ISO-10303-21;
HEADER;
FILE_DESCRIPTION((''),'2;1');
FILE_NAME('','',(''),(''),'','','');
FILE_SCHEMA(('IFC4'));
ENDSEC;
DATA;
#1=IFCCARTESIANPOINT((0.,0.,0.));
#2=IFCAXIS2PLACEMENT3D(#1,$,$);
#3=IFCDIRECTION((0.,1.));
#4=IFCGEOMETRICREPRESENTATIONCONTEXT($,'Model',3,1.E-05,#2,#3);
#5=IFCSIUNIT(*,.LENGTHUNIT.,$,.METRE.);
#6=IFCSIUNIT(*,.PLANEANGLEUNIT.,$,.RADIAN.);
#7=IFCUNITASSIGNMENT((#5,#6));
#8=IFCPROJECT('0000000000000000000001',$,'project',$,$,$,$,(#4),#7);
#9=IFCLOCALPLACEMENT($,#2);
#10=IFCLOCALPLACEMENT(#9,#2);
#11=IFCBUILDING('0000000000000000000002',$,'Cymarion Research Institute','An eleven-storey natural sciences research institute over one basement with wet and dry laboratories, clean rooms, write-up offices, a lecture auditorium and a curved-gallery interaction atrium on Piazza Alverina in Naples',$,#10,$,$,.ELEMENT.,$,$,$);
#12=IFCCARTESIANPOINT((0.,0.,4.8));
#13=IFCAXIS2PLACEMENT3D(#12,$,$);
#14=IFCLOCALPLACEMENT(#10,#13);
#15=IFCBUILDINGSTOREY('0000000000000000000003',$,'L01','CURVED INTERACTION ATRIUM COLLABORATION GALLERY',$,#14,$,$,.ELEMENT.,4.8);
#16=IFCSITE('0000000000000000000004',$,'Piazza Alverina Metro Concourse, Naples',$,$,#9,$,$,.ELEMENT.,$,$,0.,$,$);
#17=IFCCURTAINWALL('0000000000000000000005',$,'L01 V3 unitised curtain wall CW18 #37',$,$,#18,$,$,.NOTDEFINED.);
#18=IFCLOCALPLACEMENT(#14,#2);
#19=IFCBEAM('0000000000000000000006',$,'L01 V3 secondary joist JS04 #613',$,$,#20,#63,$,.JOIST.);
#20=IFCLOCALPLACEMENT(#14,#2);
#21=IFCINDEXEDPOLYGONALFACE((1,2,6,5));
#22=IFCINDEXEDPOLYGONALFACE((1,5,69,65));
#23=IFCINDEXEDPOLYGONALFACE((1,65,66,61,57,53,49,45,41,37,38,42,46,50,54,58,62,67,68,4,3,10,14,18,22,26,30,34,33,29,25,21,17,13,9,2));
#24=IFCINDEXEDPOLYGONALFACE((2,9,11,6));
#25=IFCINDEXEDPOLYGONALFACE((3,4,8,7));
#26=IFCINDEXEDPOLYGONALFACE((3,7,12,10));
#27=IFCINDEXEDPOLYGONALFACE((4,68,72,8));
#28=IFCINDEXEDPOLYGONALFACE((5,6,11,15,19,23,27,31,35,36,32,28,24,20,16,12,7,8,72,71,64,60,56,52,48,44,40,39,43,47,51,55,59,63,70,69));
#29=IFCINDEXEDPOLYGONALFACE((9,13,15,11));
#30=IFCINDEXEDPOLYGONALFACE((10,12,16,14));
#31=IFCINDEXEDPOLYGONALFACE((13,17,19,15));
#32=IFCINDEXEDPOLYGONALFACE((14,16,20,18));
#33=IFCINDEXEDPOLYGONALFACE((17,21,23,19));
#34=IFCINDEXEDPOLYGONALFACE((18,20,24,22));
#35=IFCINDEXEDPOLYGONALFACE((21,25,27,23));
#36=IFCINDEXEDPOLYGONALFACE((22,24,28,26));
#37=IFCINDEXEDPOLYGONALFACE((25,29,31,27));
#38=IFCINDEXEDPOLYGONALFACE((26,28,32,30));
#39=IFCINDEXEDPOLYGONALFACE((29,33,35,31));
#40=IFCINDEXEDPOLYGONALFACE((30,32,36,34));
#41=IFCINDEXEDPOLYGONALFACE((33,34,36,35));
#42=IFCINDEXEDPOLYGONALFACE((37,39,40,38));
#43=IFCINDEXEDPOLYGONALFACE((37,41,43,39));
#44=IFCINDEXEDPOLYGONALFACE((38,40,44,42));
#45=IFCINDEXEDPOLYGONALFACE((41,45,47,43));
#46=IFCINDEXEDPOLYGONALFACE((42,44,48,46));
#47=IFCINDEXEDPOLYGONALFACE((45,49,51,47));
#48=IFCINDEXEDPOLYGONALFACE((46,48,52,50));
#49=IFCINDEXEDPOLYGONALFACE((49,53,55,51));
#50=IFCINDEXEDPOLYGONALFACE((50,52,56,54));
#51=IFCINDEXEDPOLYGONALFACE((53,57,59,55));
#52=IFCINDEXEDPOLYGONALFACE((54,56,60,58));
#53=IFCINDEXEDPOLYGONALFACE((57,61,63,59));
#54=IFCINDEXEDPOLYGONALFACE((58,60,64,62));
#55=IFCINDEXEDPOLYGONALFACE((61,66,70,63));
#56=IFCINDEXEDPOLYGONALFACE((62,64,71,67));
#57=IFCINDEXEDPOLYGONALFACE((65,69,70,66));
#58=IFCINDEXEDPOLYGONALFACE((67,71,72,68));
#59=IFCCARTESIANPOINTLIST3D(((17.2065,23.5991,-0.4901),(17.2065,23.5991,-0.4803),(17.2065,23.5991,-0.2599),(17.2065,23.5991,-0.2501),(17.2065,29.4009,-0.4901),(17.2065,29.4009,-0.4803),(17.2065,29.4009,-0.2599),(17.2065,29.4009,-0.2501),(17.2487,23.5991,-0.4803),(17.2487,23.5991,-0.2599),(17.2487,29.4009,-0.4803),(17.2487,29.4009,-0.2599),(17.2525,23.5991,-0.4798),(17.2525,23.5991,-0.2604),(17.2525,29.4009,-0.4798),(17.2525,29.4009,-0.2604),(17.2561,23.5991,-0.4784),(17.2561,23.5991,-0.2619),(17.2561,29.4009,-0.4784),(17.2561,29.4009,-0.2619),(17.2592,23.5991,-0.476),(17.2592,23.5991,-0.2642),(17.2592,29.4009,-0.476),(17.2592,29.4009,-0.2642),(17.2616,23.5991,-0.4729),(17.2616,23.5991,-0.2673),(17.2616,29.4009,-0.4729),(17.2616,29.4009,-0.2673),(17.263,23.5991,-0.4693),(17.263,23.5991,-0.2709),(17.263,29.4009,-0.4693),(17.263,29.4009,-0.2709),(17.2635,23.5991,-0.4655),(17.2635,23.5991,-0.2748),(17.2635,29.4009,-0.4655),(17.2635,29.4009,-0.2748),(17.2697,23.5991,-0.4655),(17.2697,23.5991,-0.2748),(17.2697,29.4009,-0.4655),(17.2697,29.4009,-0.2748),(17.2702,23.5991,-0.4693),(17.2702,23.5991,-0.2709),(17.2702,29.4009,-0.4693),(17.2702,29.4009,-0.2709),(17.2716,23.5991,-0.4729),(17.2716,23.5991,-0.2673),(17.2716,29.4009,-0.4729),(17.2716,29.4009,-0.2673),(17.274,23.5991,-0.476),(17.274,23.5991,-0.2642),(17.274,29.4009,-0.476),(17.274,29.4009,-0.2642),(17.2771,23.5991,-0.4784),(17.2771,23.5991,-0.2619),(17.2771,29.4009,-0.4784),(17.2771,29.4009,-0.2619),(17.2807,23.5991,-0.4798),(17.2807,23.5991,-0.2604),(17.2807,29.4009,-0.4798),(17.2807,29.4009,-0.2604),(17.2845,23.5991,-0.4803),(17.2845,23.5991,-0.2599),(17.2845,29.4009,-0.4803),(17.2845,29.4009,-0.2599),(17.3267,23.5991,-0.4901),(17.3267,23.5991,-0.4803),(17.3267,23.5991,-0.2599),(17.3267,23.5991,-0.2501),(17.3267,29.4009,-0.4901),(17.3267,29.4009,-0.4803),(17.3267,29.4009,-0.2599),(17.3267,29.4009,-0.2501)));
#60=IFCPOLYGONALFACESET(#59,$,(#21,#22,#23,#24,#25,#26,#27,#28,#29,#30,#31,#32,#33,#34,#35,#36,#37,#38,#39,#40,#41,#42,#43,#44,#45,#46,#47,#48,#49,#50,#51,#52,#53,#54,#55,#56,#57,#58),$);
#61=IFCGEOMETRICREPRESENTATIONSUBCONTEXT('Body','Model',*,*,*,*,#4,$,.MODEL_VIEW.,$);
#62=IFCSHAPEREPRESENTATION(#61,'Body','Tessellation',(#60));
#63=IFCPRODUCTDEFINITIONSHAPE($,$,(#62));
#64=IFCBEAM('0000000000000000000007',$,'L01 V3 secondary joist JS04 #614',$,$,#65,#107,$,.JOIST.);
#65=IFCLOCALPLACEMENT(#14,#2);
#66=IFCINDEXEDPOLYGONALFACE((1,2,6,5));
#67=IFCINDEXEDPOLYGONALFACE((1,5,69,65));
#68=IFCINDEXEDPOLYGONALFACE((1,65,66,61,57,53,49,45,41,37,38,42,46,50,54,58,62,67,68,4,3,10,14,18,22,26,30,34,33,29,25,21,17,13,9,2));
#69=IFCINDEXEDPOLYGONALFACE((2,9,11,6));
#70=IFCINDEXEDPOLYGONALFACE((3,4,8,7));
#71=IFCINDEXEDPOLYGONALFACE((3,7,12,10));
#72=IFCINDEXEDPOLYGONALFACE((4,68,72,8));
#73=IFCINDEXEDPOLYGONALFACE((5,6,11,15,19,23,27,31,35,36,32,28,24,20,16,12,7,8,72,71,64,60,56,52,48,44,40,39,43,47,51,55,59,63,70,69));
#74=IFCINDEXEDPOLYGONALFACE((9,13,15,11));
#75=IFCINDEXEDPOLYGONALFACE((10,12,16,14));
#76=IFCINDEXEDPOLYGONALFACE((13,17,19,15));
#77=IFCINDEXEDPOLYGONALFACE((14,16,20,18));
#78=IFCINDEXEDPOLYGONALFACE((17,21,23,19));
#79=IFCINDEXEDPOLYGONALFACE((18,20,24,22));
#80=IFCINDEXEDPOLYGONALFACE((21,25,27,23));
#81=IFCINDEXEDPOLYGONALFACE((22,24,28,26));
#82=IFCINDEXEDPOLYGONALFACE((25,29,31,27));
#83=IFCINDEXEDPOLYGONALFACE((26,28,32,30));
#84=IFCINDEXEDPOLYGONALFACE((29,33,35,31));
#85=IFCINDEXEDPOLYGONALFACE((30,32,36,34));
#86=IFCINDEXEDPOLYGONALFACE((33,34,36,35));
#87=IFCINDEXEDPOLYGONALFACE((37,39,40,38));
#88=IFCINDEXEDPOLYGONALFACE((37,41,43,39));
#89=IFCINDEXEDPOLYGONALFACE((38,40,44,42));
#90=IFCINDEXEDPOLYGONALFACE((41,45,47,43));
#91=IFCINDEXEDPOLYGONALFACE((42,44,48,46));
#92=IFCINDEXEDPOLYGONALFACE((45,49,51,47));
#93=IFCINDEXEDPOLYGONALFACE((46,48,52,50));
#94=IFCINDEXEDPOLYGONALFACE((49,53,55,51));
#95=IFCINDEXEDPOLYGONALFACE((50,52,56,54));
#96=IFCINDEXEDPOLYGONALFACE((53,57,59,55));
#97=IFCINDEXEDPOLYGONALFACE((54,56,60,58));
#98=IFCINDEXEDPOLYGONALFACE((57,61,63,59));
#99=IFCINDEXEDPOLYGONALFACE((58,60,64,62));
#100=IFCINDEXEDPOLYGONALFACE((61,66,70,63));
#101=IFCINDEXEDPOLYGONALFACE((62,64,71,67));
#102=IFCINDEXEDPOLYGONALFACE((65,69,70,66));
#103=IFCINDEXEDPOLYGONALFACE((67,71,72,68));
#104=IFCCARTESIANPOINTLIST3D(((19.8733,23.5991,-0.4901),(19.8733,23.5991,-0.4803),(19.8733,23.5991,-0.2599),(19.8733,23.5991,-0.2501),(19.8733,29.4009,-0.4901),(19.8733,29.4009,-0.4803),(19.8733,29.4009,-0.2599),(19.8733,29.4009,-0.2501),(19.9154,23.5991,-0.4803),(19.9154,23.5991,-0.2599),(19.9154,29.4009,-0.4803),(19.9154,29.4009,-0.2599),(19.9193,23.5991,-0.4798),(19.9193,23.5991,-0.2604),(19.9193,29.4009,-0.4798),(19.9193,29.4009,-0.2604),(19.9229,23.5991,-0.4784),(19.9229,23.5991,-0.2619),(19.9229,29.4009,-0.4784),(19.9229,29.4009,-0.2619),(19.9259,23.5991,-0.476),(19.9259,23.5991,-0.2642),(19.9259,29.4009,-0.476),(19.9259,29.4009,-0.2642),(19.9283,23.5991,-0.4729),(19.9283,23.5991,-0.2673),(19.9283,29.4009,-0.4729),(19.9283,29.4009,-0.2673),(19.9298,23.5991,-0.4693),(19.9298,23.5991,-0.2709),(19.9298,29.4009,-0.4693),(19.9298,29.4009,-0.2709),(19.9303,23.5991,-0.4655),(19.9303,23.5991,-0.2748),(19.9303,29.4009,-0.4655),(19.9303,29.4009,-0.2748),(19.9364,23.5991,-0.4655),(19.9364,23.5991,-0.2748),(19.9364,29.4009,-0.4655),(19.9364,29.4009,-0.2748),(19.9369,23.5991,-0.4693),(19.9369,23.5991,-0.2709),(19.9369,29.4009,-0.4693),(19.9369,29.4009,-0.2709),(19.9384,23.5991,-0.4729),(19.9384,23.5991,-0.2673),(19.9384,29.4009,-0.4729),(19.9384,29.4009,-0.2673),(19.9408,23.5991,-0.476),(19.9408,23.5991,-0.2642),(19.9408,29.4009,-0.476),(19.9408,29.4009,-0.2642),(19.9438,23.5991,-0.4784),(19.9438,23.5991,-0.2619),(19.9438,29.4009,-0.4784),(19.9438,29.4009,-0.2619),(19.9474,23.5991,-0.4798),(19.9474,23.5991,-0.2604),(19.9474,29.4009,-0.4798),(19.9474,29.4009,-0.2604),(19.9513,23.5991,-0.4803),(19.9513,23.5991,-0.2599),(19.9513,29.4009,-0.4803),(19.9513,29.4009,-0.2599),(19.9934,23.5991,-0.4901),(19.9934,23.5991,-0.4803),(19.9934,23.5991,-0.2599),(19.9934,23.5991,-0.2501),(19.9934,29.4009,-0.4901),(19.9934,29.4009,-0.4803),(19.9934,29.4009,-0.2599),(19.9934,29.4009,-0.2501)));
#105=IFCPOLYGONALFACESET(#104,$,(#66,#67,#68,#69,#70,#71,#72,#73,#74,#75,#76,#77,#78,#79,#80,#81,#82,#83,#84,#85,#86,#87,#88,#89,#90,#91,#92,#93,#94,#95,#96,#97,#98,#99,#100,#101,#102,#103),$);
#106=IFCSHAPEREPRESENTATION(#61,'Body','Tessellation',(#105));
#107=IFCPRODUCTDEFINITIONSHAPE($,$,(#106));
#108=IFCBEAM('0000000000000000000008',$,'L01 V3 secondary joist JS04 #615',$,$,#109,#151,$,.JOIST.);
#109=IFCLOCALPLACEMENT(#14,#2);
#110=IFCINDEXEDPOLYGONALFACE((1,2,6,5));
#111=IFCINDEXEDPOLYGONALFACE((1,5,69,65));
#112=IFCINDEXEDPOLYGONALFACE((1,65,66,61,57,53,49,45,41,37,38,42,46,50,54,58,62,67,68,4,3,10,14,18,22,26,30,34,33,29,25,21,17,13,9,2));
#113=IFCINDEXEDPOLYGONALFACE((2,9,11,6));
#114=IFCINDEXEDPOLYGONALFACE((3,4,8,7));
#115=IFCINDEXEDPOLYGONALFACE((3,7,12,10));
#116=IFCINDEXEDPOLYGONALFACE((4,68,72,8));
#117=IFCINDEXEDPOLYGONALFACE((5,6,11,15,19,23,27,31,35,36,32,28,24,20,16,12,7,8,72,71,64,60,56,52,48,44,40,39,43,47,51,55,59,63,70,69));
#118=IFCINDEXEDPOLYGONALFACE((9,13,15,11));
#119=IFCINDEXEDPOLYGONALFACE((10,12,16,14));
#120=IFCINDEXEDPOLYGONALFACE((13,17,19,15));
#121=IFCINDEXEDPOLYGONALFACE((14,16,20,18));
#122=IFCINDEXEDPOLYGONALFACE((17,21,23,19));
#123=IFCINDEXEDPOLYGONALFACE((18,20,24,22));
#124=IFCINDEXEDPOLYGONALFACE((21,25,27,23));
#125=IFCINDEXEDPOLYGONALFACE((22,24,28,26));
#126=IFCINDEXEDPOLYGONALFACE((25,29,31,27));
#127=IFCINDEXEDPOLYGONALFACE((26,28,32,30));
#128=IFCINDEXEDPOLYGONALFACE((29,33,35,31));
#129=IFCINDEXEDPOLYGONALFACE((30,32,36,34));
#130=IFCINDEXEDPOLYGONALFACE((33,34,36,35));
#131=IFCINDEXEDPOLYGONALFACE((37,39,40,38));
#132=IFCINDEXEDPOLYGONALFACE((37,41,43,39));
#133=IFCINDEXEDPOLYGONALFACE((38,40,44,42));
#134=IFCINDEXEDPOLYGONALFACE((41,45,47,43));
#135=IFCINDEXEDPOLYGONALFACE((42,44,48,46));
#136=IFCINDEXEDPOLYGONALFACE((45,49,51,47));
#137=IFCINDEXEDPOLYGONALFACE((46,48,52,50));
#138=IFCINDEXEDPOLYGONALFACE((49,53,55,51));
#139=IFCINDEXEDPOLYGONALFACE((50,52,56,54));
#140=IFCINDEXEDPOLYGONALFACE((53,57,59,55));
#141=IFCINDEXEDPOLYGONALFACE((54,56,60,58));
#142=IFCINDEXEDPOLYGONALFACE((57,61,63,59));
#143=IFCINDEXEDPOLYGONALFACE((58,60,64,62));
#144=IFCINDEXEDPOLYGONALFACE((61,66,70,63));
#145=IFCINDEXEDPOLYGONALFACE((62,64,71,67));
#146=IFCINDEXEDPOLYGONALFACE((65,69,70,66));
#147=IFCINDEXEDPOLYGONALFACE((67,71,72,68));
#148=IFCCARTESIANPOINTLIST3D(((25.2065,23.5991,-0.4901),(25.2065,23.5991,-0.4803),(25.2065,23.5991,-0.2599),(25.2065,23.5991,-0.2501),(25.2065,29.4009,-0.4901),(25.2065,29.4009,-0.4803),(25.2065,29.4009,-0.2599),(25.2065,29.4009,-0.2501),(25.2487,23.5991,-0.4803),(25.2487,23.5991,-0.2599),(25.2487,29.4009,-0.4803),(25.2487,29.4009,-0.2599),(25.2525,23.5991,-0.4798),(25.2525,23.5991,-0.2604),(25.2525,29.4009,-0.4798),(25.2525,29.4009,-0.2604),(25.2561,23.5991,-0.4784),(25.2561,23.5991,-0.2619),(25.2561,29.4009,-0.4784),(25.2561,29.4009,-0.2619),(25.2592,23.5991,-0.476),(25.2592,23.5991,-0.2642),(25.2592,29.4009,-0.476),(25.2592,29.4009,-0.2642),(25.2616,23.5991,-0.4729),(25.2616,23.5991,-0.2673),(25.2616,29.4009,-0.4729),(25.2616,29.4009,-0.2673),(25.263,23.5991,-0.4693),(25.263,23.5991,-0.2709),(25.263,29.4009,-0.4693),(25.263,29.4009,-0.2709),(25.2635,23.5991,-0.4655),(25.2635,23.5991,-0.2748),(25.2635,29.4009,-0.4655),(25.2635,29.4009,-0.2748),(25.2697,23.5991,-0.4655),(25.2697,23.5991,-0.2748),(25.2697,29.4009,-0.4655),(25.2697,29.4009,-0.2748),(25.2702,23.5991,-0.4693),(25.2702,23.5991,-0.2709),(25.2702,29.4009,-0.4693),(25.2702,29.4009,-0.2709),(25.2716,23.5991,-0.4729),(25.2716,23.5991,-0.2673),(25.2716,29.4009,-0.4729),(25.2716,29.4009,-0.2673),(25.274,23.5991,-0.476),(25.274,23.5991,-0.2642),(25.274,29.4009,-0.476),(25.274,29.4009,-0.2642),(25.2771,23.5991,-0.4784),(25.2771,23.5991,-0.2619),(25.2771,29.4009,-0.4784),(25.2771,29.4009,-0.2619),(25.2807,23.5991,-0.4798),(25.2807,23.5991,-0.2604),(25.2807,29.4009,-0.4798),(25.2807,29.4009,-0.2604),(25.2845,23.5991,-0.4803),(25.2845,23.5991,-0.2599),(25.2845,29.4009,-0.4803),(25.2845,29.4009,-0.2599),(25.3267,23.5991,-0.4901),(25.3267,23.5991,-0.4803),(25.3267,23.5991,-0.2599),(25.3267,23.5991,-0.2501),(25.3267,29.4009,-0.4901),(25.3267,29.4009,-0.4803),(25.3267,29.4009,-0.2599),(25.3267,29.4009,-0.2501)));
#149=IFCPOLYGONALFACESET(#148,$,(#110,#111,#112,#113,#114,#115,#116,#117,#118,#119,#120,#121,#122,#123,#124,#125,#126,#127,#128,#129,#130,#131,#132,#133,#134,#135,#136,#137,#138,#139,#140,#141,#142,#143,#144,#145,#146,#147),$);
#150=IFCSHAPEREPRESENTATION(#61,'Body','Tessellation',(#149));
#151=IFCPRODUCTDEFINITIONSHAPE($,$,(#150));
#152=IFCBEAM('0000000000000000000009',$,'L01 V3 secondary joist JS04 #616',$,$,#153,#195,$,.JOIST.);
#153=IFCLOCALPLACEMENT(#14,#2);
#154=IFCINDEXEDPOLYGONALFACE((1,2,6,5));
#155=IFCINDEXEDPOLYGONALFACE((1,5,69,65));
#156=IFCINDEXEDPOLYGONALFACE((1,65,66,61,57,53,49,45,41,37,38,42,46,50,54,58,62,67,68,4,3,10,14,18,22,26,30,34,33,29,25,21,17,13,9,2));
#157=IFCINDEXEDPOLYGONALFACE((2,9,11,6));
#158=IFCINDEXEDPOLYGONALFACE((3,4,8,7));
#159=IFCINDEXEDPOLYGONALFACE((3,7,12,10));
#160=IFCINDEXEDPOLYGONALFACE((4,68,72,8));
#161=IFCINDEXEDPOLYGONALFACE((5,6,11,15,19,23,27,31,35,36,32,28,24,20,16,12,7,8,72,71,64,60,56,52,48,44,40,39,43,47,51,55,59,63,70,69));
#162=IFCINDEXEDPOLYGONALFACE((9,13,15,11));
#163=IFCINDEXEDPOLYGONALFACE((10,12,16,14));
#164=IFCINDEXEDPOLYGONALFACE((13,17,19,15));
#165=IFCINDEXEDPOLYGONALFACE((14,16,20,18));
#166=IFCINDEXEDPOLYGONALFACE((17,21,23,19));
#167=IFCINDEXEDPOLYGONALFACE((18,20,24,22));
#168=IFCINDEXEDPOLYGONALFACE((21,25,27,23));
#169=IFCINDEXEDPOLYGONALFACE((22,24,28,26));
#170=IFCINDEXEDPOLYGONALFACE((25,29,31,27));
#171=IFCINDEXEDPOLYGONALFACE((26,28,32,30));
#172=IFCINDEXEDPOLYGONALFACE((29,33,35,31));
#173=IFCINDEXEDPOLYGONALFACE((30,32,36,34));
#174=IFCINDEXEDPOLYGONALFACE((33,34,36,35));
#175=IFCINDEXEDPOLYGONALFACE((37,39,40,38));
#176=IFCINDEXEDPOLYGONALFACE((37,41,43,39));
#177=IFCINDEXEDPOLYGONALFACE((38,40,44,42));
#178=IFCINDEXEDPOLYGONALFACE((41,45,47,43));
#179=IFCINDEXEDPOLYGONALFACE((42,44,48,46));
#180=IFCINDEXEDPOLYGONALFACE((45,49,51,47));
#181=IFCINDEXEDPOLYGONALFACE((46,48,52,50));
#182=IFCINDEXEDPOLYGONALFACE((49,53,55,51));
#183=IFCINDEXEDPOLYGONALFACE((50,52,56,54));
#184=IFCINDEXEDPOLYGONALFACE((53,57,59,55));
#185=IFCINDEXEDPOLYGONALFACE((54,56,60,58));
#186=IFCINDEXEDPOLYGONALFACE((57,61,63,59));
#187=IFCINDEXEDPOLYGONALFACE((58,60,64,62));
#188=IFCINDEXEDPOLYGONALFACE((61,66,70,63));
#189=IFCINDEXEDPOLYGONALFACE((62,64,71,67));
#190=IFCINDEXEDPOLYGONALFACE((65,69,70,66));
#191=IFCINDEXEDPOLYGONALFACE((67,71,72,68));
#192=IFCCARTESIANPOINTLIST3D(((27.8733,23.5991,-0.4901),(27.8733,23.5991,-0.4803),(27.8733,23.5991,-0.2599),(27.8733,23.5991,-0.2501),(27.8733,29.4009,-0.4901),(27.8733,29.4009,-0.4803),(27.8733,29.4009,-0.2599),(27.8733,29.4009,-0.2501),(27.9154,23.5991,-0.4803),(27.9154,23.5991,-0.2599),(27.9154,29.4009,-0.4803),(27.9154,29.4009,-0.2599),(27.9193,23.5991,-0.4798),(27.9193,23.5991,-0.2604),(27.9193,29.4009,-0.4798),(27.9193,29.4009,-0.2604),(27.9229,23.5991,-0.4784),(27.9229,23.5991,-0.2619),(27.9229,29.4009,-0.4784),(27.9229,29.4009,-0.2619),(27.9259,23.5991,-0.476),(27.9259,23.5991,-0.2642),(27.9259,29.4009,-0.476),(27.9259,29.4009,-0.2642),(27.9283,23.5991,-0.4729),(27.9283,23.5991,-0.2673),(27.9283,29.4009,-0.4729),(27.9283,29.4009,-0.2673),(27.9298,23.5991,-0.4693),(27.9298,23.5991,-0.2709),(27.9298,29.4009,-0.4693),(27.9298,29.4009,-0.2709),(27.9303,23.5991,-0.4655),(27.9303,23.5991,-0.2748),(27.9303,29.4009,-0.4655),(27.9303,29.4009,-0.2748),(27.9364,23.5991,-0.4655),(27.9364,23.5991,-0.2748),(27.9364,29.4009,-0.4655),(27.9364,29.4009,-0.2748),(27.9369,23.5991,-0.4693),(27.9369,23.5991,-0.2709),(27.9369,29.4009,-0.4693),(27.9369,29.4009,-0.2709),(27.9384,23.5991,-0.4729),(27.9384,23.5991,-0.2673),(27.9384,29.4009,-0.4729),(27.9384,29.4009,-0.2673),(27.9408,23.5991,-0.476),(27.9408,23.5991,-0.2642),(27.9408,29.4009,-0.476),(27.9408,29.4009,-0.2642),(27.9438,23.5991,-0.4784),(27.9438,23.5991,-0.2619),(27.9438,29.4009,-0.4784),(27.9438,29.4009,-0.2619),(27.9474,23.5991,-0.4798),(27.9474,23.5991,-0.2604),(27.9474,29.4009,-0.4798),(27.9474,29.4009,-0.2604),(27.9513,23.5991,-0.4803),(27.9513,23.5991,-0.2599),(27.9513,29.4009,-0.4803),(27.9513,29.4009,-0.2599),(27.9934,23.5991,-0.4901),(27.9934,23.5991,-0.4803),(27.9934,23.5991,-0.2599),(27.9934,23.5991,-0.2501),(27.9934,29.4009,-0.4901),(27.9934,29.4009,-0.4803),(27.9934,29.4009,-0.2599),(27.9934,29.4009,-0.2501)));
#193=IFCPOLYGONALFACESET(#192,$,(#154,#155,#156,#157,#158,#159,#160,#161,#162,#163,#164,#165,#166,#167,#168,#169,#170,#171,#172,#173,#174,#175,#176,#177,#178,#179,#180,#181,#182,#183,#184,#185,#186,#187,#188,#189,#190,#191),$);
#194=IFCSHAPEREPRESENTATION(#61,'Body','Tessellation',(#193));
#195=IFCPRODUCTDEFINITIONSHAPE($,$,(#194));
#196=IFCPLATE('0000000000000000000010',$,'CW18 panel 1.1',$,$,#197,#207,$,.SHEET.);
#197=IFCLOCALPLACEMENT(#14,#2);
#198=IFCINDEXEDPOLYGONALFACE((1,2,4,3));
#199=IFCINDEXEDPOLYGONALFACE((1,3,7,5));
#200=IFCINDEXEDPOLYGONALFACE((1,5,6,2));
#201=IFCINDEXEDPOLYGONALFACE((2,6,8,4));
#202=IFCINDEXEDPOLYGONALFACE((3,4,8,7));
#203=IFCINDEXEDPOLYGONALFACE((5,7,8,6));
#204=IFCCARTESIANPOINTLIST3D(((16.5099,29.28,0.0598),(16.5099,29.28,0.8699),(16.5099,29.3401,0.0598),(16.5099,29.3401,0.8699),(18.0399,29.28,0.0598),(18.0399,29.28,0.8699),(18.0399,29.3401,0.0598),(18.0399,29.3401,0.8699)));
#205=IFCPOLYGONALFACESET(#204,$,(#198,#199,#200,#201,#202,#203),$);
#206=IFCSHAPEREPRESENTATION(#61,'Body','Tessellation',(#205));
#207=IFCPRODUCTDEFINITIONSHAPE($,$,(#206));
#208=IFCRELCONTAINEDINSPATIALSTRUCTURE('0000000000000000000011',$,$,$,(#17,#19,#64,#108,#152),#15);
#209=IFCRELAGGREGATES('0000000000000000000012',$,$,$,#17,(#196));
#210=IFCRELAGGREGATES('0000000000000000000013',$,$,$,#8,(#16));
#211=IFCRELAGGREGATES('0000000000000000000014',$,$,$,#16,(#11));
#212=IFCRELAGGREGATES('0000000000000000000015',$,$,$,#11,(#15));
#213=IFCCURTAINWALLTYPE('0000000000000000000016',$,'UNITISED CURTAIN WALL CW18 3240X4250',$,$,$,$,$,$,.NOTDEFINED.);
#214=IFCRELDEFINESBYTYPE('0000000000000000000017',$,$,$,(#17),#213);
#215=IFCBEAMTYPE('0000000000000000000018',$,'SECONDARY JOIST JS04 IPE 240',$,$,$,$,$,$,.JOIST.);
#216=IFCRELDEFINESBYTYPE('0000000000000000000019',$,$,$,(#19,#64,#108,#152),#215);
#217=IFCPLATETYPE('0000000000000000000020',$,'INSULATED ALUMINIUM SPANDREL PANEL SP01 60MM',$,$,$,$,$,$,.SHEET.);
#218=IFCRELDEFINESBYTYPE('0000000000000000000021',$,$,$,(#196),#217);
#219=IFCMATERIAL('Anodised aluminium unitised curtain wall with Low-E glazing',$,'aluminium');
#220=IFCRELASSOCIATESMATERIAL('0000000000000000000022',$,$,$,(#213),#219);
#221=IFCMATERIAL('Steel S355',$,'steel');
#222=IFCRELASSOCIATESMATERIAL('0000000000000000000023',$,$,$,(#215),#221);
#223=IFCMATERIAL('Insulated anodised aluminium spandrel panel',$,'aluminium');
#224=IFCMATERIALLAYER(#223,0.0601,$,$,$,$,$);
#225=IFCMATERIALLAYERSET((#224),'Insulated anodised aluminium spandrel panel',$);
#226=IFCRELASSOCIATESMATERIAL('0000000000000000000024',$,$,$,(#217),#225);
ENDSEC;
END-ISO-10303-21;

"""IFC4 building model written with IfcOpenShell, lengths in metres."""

from ifc_helpers import new_model, si_unit, direction, frame, origin, origin_2d, place, context, subcontext, project, spatial, rectangle, i_section, extrude, material, layer, layer_set, material_profile, profile_set, type_object, element, aggregate, save


model = new_model("IFC4")

# Units and contexts
model_context = context("Model", 3, precision=1e-05, world=origin(), true_north=direction((0.0, 1.0)))
body_context = subcontext(model_context, "Body", "Model", "MODEL_VIEW")
ifc_project = project(units=[si_unit("LENGTHUNIT", "METRE"), si_unit("PLANEANGLEUNIT", "RADIAN")], contexts=[model_context])

# Site, building, storey
site_placement = place(None, origin())
site = spatial("IfcSite", under=ifc_project, at=site_placement, Name="Piazza Alverina Metro Concourse, Naples", CompositionType="ELEMENT", RefElevation=0.0)
building_placement = place(site_placement, origin())
building = spatial("IfcBuilding", under=site, at=building_placement, Name="Cymarion Research Institute", Description="An eleven-storey natural sciences research institute over one basement with wet and dry laboratories, clean rooms, write-up offices, a lecture auditorium and a curved-gallery interaction atrium on Piazza Alverina in Naples", CompositionType="ELEMENT")
storey_placement = place(building_placement, frame((0.0, 0.0, 4.8)))
storey = spatial("IfcBuildingStorey", under=building, at=storey_placement, Name="L01", Description="CURVED INTERACTION ATRIUM COLLABORATION GALLERY", CompositionType="ELEMENT", Elevation=4.8)

# Shared definitions
ifc_material_1 = material(Name="Steel S355", Category="steel")

# Curtain wall
ifc_material_2 = material(Name="Anodised aluminium unitised curtain wall with Low-E glazing", Category="aluminium")
curtain_wall_type = type_object("IfcCurtainWallType", Name="UNITISED CURTAIN WALL CW18 3240X4250", PredefinedType="NOTDEFINED", material=ifc_material_2)
curtain_wall_placement = place(storey_placement, origin())
curtain_wall = element("IfcCurtainWall", 1, at=curtain_wall_placement, inside=storey, type_object=curtain_wall_type, Name="L01 V3 unitised curtain wall CW18 #37", PredefinedType="NOTDEFINED")

# Beams
ifc_material_profile_1 = material_profile(ifc_material_1, i_section(OverallWidth=0.1201, OverallDepth=0.24, WebThickness=0.0061, FlangeThickness=0.0098, FilletRadius=0.0149, at=origin_2d()), Name="IPE 240")
ifc_profile_set_1 = profile_set([ifc_material_profile_1], Name="Steel S355")
beam_type_1 = type_object("IfcBeamType", Name="SECONDARY JOIST JS04 IPE 240", PredefinedType="JOIST", material=ifc_profile_set_1)
for number, where, z_axis, x_axis, name in (
    (2, (17.2666, 23.5991, -0.3701), (0.0, 1.0, 0.0), (-1.0, 0.0, 0.0), "L01 V3 secondary joist JS04 #613"),
    (3, (19.9333, 23.5991, -0.3701), (0.0, 1.0, 0.0), (-1.0, 0.0, 0.0), "L01 V3 secondary joist JS04 #614"),
    (4, (25.2666, 23.5991, -0.3701), (0.0, 1.0, 0.0), (-1.0, 0.0, 0.0), "L01 V3 secondary joist JS04 #615"),
    (5, (27.9333, 23.5991, -0.3701), (0.0, 1.0, 0.0), (-1.0, 0.0, 0.0), "L01 V3 secondary joist JS04 #616"),
):
    element("IfcBeam", number, at=place(storey_placement, frame(where, z_axis=z_axis, x_axis=x_axis)), inside=storey, type_object=beam_type_1, Name=name, PredefinedType="JOIST", context=body_context, shape_type="SweptSolid", body=[
        extrude(i_section(OverallWidth=0.1201, OverallDepth=0.24, WebThickness=0.0061, FlangeThickness=0.0098, FilletRadius=0.0149, at=origin_2d()), origin(), (0.0, 0.0, 1.0), 5.8018),
    ])

# Plate
ifc_material_3 = material(Name="Insulated anodised aluminium spandrel panel", Category="aluminium")
ifc_layer_1 = layer(ifc_material_3, 0.0601)
ifc_layer_set_1 = layer_set([ifc_layer_1], Name="Insulated anodised aluminium spandrel panel")
plate_type_1 = type_object("IfcPlateType", Name="INSULATED ALUMINIUM SPANDREL PANEL SP01 60MM", PredefinedType="SHEET", material=ifc_layer_set_1)
plate_1_placement = place(storey_placement, frame((17.2749, 29.3101, 0.0598), z_axis=(0.0, 0.0, 1.0), x_axis=(-1.0, 0.0, 0.0)))
plate_1 = element("IfcPlate", 6, at=plate_1_placement, type_object=plate_type_1, Name="CW18 panel 1.1", PredefinedType="SHEET", context=body_context, shape_type="SweptSolid", body=[
    extrude(rectangle(XDim=1.53, YDim=0.0601, at=origin_2d()), origin(), (0.0, 0.0, 1.0), 0.8101),
])
aggregate(curtain_wall, [plate_1])

save(model, "model.ifc")
